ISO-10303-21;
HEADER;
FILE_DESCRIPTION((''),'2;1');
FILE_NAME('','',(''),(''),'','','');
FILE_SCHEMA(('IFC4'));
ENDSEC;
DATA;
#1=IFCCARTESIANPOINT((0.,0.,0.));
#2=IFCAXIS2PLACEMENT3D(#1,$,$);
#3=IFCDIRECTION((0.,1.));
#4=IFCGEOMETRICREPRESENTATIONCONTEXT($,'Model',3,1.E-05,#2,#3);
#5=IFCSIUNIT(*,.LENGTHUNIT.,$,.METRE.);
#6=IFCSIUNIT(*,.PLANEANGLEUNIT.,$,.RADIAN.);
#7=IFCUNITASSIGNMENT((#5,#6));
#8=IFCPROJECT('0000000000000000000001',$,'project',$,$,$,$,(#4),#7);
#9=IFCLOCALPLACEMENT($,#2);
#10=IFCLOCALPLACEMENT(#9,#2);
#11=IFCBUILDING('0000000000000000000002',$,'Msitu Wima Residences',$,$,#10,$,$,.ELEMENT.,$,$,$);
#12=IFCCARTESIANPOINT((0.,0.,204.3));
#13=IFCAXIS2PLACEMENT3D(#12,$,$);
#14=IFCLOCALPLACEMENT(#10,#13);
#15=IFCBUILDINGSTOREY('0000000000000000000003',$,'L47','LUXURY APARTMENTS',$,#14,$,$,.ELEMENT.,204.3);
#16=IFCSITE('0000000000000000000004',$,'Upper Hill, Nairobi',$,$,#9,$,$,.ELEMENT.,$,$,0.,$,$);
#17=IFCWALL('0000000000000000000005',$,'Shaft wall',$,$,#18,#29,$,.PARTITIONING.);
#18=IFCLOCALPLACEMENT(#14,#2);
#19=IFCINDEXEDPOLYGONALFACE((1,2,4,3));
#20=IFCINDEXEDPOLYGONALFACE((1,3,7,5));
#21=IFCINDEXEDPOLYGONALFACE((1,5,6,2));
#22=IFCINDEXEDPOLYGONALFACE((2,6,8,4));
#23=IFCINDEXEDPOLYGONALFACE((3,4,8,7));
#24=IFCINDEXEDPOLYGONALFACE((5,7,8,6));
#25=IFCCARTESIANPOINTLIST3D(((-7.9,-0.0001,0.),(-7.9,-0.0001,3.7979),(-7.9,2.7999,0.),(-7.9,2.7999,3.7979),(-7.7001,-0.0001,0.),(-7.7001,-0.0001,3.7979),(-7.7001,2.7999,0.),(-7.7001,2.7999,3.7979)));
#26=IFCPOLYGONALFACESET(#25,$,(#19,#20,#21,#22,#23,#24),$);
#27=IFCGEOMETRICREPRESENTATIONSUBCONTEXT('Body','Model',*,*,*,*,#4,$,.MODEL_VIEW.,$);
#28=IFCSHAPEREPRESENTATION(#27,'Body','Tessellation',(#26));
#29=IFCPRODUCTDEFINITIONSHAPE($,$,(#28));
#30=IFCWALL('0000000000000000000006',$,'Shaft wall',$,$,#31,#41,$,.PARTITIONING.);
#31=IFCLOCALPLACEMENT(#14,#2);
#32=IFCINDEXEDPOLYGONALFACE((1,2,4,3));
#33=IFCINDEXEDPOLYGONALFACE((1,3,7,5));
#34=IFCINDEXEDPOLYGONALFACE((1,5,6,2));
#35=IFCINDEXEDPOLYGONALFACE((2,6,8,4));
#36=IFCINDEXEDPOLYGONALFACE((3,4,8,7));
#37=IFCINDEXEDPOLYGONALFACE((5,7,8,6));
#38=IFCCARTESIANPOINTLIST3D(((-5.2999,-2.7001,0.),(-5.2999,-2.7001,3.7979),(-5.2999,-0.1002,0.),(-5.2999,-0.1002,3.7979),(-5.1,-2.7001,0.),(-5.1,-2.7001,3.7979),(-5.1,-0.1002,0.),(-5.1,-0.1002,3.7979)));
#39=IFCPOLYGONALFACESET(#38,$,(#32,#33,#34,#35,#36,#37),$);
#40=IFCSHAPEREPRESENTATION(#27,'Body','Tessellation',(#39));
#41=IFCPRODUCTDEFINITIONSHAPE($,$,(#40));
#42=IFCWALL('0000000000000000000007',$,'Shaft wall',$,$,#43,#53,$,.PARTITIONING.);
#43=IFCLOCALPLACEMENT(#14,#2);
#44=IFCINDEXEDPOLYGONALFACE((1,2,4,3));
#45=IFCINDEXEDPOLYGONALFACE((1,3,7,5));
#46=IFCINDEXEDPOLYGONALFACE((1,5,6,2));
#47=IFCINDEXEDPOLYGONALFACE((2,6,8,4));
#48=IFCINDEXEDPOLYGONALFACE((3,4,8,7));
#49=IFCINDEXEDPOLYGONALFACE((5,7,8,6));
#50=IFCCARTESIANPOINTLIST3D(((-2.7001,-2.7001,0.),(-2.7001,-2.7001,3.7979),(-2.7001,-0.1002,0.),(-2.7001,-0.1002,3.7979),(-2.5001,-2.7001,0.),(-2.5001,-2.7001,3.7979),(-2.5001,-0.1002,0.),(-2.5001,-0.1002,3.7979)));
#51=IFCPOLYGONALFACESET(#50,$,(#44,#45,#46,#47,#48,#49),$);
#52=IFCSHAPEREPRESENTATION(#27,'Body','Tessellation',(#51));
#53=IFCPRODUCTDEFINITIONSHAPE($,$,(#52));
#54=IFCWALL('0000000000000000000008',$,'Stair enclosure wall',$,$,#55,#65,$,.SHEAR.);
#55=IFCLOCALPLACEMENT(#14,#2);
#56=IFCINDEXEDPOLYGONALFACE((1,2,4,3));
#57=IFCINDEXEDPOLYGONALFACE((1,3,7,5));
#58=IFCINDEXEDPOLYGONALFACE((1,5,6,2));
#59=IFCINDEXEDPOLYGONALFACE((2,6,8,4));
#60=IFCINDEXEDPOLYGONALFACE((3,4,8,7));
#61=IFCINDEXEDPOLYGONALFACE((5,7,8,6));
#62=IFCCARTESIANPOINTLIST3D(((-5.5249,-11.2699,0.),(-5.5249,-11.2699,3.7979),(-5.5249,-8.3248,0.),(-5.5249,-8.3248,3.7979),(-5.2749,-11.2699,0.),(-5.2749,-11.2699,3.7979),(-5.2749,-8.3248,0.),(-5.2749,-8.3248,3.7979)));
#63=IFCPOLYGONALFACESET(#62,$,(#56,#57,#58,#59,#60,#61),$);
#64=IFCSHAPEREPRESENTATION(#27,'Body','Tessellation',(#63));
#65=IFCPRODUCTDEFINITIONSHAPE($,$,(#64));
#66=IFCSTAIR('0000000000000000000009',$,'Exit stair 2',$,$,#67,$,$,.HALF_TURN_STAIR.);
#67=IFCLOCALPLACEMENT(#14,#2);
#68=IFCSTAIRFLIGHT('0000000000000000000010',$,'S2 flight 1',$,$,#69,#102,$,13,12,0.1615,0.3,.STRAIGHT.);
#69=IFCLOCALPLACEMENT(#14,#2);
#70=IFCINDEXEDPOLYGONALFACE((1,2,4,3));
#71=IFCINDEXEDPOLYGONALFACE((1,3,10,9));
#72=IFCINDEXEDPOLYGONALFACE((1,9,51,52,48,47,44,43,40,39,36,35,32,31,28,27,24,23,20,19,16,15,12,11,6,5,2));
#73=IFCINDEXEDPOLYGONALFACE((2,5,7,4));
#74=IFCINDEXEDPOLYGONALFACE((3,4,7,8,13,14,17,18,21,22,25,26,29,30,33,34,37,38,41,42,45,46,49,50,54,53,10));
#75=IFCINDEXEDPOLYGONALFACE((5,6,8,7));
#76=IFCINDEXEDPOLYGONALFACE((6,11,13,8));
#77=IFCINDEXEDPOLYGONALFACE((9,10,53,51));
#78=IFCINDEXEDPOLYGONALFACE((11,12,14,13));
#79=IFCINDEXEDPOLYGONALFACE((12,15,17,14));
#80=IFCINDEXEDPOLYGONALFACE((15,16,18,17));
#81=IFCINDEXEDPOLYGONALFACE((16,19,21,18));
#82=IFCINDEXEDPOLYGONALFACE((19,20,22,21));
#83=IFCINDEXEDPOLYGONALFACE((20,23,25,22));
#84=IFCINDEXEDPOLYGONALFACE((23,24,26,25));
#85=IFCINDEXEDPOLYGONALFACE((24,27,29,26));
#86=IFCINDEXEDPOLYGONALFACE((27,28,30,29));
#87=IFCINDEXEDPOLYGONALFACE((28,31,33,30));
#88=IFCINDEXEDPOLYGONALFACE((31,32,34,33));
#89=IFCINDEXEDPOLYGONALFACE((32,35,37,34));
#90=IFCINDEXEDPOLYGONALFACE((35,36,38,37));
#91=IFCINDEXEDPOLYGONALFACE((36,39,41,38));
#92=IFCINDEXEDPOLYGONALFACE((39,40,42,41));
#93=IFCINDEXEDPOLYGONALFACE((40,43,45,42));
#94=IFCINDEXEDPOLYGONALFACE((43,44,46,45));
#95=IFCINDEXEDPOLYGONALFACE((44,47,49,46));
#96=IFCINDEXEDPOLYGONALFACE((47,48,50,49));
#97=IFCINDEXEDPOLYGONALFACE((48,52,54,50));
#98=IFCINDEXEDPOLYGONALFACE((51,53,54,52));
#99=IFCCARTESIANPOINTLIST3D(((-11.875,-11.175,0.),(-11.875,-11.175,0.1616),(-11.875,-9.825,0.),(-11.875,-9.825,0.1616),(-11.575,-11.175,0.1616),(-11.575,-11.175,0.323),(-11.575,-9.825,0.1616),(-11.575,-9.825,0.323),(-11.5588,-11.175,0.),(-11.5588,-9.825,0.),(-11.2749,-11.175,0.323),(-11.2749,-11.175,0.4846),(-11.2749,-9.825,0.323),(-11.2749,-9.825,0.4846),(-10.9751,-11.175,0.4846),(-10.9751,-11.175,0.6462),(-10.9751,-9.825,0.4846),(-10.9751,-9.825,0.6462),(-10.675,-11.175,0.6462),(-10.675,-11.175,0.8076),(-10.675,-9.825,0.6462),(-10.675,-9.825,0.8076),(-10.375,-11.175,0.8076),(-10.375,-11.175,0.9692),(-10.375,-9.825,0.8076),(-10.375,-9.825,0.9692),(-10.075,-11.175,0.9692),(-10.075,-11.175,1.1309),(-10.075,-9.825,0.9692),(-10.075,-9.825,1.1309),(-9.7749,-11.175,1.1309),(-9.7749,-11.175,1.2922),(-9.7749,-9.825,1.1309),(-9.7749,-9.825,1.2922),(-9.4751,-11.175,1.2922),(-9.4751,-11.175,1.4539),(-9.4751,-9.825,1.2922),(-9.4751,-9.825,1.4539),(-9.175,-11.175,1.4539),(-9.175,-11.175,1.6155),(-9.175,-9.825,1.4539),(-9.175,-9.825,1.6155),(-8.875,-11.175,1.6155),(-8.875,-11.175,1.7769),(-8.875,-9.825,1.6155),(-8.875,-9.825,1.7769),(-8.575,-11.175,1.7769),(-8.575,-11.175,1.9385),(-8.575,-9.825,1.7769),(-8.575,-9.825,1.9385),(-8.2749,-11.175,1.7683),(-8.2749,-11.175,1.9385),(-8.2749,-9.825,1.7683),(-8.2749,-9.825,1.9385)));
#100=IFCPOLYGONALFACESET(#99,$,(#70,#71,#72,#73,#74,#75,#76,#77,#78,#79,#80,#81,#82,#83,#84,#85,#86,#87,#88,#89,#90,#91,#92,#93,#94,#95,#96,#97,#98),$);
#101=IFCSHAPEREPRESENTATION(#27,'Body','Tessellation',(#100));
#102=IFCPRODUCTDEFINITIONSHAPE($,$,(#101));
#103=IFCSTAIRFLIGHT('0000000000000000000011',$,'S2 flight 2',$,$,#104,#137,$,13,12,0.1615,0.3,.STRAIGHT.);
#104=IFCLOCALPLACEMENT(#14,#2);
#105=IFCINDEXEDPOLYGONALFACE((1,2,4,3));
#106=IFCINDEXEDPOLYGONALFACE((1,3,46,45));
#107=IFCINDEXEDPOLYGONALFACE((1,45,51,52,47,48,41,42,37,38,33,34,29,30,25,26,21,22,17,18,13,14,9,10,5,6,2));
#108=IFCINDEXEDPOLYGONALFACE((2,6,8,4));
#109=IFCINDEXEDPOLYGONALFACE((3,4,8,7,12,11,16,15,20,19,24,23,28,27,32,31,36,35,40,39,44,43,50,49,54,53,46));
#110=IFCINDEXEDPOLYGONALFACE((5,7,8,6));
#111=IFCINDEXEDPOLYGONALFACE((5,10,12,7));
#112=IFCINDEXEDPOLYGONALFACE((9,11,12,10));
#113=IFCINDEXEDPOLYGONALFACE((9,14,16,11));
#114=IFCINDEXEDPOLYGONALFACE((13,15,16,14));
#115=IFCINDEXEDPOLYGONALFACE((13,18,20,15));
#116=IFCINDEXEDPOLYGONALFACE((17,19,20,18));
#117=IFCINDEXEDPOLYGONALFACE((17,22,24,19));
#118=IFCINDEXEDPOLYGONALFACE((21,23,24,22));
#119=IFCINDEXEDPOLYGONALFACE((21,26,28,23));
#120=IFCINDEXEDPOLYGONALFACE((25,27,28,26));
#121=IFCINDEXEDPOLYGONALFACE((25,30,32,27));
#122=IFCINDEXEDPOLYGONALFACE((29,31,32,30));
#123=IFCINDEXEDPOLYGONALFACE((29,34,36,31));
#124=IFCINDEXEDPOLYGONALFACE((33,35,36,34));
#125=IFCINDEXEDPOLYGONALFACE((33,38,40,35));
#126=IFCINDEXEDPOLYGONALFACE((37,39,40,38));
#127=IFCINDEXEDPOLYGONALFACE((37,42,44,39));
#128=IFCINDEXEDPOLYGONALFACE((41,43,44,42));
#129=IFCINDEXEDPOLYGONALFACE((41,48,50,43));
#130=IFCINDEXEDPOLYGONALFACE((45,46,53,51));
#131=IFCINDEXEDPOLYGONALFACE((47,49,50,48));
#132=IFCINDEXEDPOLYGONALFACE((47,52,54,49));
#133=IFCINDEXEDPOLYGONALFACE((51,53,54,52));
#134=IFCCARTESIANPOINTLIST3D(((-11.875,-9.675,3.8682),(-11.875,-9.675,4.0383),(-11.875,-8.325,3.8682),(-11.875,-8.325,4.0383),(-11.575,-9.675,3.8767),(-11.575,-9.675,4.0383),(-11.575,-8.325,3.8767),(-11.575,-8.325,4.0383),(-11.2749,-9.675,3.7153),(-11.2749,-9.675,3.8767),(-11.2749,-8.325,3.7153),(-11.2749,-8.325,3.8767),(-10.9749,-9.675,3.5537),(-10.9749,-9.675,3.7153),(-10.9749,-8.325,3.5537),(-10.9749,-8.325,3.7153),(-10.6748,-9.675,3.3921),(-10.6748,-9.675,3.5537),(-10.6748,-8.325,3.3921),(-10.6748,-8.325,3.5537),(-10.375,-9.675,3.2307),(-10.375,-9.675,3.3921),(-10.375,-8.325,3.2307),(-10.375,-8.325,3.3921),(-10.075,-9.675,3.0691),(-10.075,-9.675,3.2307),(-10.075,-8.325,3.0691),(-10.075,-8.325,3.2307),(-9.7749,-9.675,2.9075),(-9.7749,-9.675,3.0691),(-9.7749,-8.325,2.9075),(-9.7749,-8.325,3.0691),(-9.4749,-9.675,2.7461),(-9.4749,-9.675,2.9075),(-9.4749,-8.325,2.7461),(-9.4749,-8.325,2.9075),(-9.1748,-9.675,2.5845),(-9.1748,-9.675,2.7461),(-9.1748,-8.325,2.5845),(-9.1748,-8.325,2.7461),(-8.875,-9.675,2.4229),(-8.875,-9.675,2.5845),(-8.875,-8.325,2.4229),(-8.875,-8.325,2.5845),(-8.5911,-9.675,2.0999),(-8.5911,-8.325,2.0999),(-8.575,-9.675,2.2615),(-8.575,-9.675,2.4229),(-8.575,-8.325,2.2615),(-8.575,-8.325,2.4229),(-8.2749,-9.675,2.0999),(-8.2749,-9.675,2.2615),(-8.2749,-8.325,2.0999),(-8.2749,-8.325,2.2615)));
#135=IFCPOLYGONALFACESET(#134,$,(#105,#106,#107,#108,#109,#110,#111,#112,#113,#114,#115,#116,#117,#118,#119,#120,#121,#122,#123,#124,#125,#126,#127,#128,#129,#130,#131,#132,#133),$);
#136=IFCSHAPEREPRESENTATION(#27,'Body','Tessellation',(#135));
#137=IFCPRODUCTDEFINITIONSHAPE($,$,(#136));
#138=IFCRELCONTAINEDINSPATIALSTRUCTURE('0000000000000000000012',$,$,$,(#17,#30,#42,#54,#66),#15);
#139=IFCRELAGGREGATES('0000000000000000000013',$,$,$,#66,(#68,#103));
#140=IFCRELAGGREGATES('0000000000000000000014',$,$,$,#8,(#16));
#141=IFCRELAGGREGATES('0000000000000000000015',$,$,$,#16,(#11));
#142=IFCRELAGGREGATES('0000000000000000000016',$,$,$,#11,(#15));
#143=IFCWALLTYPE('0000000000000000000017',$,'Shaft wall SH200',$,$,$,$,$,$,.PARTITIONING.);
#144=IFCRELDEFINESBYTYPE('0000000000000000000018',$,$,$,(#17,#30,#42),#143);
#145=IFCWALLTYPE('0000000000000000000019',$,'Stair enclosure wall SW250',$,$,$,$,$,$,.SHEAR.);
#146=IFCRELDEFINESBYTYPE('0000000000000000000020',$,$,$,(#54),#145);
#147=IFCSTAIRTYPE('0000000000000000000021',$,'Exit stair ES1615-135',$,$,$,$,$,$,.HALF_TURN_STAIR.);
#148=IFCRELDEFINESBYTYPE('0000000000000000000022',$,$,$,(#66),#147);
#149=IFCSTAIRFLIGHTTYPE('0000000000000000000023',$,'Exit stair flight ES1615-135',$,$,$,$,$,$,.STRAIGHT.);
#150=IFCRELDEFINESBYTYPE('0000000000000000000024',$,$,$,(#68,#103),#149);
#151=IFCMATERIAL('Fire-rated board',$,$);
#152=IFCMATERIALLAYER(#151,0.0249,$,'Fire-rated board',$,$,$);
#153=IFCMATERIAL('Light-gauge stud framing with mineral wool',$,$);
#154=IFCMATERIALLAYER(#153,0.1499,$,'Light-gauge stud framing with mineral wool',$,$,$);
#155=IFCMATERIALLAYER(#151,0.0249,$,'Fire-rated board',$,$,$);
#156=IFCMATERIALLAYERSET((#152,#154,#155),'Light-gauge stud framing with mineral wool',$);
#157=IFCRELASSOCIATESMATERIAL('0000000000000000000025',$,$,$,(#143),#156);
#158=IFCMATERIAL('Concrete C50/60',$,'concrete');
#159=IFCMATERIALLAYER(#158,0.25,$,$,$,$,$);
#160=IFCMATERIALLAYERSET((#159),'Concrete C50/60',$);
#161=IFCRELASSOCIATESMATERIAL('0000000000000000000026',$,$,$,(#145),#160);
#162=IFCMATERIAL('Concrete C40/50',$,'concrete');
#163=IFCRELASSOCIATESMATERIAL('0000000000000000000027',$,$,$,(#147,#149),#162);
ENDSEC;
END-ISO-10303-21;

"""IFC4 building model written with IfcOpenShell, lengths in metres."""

from ifc_helpers import new_model, si_unit, direction, frame, frame_2d, origin, place, context, subcontext, project, spatial, polyline, rectangle, outline, extrude, material, layer, layer_set, type_object, element, aggregate, save


model = new_model("IFC4")

# Units and contexts
model_context = context("Model", 3, precision=1e-05, world=origin(), true_north=direction((0.0, 1.0)))
body_context = subcontext(model_context, "Body", "Model", "MODEL_VIEW")
ifc_project = project(units=[si_unit("LENGTHUNIT", "METRE"), si_unit("PLANEANGLEUNIT", "RADIAN")], contexts=[model_context])

# Site, building, storey
site_placement = place(None, origin())
site = spatial("IfcSite", under=ifc_project, at=site_placement, Name="Upper Hill, Nairobi", CompositionType="ELEMENT", RefElevation=0.0)
building_placement = place(site_placement, origin())
building = spatial("IfcBuilding", under=site, at=building_placement, Name="Msitu Wima Residences", CompositionType="ELEMENT")
storey_placement = place(building_placement, frame((0.0, 0.0, 204.3)))
storey = spatial("IfcBuildingStorey", under=building, at=storey_placement, Name="L47", Description="LUXURY APARTMENTS", CompositionType="ELEMENT", Elevation=204.3)

# Shared definitions
ifc_material_1 = material(Name="Concrete C40/50", Category="concrete")

# Shared definitions
ifc_material_2 = material(Name="Fire-rated board")
ifc_layer_1 = layer(ifc_material_2, 0.0249, Name="Fire-rated board")
ifc_material_3 = material(Name="Light-gauge stud framing with mineral wool")
ifc_layer_2 = layer(ifc_material_3, 0.1499, Name="Light-gauge stud framing with mineral wool")
ifc_layer_3 = layer(ifc_material_2, 0.0249, Name="Fire-rated board")
ifc_layer_set_1 = layer_set([ifc_layer_1, ifc_layer_2, ifc_layer_3], Name="Light-gauge stud framing with mineral wool")
wall_type_1 = type_object("IfcWallType", Name="Shaft wall SH200", PredefinedType="PARTITIONING", material=ifc_layer_set_1)

# Walls
for number, where, z_axis, x_axis, name in (
    (1, (-7.8, 0.0, 0.0), (0.0, 0.0, 1.0), (0.0, 1.0, 0.0), "Shaft wall"),
):
    element("IfcWall", number, at=place(storey_placement, frame(where, z_axis=z_axis, x_axis=x_axis)), inside=storey, type_object=wall_type_1, Name=name, PredefinedType="PARTITIONING", context=body_context, shape_type="SweptSolid", body=[
        extrude(rectangle(XDim=2.8, YDim=0.2, at=frame_2d((1.3999, 0.0))), origin(), (0.0, 0.0, 1.0), 3.7979),
    ])
for number, where, z_axis, x_axis, name in (
    (2, (-5.2, -2.7, 0.0), (0.0, 0.0, 1.0), (0.0, 1.0, 0.0), "Shaft wall"),
    (3, (-2.6001, -2.7, 0.0), (0.0, 0.0, 1.0), (0.0, 1.0, 0.0), "Shaft wall"),
):
    element("IfcWall", number, at=place(storey_placement, frame(where, z_axis=z_axis, x_axis=x_axis)), inside=storey, type_object=wall_type_1, Name=name, PredefinedType="PARTITIONING", context=body_context, shape_type="SweptSolid", body=[
        extrude(rectangle(XDim=2.5999, YDim=0.2, at=frame_2d((1.2998, 0.0))), origin(), (0.0, 0.0, 1.0), 3.7979),
    ])
ifc_material_4 = material(Name="Concrete C50/60", Category="concrete")
ifc_layer_4 = layer(ifc_material_4, 0.25)
ifc_layer_set_2 = layer_set([ifc_layer_4], Name="Concrete C50/60")
wall_type_2 = type_object("IfcWallType", Name="Stair enclosure wall SW250", PredefinedType="SHEAR", material=ifc_layer_set_2)
wall_1_placement = place(storey_placement, frame((-5.3999, -11.27, 0.0), z_axis=(0.0, 0.0, 1.0), x_axis=(0.0, 1.0, 0.0)))
element("IfcWall", 4, at=wall_1_placement, inside=storey, type_object=wall_type_2, Name="Stair enclosure wall", PredefinedType="SHEAR", context=body_context, shape_type="SweptSolid", body=[
    extrude(rectangle(XDim=2.9451, YDim=0.25, at=frame_2d((1.4727, 0.0))), origin(), (0.0, 0.0, 1.0), 3.7979),
])

# Stair, stair flights
stair_type = type_object("IfcStairType", Name="Exit stair ES1615-135", PredefinedType="HALF_TURN_STAIR", material=ifc_material_1)
stair_placement = place(storey_placement, origin())
stair = element("IfcStair", 5, at=stair_placement, inside=storey, type_object=stair_type, Name="Exit stair 2", PredefinedType="HALF_TURN_STAIR")
stair_flight_type = type_object("IfcStairFlightType", Name="Exit stair flight ES1615-135", PredefinedType="STRAIGHT", material=ifc_material_1)
stair_flight_1_placement = place(storey_placement, frame((-11.875, -10.5, 0.0), z_axis=(0.0, 0.0, 1.0), x_axis=(1.0, 0.0, 0.0)))
stair_flight_1 = element("IfcStairFlight", 6, at=stair_flight_1_placement, type_object=stair_flight_type, Name="S2 flight 1", NumberOfRisers=13, NumberOfTreads=12, PredefinedType="STRAIGHT", RiserHeight=0.1615, TreadLength=0.3, context=body_context, shape_type="SweptSolid", body=[
    extrude(outline(polyline([(0.0, 0.0), (0.0, 0.1616), (0.3, 0.1616), (0.3, 0.323), (0.6001, 0.323), (0.6001, 0.4846), (0.8999, 0.4846), (0.8999, 0.6462), (1.2, 0.6462), (1.2, 0.8076), (1.5, 0.8076), (1.5, 0.9692), (1.8, 0.9692), (1.8, 1.1309), (2.1001, 1.1309), (2.1001, 1.2922), (2.3999, 1.2922), (2.3999, 1.4539), (2.7, 1.4539), (2.7, 1.6155), (3.0, 1.6155), (3.0, 1.7769), (3.3, 1.7769), (3.3, 1.9385), (3.6001, 1.9385), (3.6001, 2.1001), (3.6001, 1.7683), (0.3162, 0.0), (0.0, 0.0)])), frame((0.0, 0.675, 0.0), z_axis=(0.0, -1.0, 0.0), x_axis=(1.0, 0.0, 0.0)), (0.0, 0.0, 1.0), 1.3501),
])
stair_flight_2_placement = place(storey_placement, frame((-8.2749, -9.0, 2.0999), z_axis=(0.0, 0.0, 1.0), x_axis=(-1.0, 0.0, 0.0)))
stair_flight_2 = element("IfcStairFlight", 7, at=stair_flight_2_placement, type_object=stair_flight_type, Name="S2 flight 2", NumberOfRisers=13, NumberOfTreads=12, PredefinedType="STRAIGHT", RiserHeight=0.1615, TreadLength=0.3, context=body_context, shape_type="SweptSolid", body=[
    extrude(outline(polyline([(0.0, 0.0), (0.0, 0.1616), (0.3, 0.1616), (0.3, 0.323), (0.6001, 0.323), (0.6001, 0.4846), (0.8999, 0.4846), (0.8999, 0.6462), (1.2, 0.6462), (1.2, 0.8076), (1.5, 0.8076), (1.5, 0.9692), (1.8, 0.9692), (1.8, 1.1309), (2.1001, 1.1309), (2.1001, 1.2922), (2.3999, 1.2922), (2.3999, 1.4539), (2.7, 1.4539), (2.7, 1.6155), (3.0, 1.6155), (3.0, 1.7769), (3.3, 1.7769), (3.3, 1.9385), (3.6001, 1.9385), (3.6001, 2.1001), (3.6001, 1.7683), (0.3162, 0.0), (0.0, 0.0)])), frame((0.0, 0.675, 0.0), z_axis=(0.0, -1.0, 0.0), x_axis=(1.0, 0.0, 0.0)), (0.0, 0.0, 1.0), 1.3501),
])
aggregate(stair, [stair_flight_1, stair_flight_2])

save(model, "model.ifc")
